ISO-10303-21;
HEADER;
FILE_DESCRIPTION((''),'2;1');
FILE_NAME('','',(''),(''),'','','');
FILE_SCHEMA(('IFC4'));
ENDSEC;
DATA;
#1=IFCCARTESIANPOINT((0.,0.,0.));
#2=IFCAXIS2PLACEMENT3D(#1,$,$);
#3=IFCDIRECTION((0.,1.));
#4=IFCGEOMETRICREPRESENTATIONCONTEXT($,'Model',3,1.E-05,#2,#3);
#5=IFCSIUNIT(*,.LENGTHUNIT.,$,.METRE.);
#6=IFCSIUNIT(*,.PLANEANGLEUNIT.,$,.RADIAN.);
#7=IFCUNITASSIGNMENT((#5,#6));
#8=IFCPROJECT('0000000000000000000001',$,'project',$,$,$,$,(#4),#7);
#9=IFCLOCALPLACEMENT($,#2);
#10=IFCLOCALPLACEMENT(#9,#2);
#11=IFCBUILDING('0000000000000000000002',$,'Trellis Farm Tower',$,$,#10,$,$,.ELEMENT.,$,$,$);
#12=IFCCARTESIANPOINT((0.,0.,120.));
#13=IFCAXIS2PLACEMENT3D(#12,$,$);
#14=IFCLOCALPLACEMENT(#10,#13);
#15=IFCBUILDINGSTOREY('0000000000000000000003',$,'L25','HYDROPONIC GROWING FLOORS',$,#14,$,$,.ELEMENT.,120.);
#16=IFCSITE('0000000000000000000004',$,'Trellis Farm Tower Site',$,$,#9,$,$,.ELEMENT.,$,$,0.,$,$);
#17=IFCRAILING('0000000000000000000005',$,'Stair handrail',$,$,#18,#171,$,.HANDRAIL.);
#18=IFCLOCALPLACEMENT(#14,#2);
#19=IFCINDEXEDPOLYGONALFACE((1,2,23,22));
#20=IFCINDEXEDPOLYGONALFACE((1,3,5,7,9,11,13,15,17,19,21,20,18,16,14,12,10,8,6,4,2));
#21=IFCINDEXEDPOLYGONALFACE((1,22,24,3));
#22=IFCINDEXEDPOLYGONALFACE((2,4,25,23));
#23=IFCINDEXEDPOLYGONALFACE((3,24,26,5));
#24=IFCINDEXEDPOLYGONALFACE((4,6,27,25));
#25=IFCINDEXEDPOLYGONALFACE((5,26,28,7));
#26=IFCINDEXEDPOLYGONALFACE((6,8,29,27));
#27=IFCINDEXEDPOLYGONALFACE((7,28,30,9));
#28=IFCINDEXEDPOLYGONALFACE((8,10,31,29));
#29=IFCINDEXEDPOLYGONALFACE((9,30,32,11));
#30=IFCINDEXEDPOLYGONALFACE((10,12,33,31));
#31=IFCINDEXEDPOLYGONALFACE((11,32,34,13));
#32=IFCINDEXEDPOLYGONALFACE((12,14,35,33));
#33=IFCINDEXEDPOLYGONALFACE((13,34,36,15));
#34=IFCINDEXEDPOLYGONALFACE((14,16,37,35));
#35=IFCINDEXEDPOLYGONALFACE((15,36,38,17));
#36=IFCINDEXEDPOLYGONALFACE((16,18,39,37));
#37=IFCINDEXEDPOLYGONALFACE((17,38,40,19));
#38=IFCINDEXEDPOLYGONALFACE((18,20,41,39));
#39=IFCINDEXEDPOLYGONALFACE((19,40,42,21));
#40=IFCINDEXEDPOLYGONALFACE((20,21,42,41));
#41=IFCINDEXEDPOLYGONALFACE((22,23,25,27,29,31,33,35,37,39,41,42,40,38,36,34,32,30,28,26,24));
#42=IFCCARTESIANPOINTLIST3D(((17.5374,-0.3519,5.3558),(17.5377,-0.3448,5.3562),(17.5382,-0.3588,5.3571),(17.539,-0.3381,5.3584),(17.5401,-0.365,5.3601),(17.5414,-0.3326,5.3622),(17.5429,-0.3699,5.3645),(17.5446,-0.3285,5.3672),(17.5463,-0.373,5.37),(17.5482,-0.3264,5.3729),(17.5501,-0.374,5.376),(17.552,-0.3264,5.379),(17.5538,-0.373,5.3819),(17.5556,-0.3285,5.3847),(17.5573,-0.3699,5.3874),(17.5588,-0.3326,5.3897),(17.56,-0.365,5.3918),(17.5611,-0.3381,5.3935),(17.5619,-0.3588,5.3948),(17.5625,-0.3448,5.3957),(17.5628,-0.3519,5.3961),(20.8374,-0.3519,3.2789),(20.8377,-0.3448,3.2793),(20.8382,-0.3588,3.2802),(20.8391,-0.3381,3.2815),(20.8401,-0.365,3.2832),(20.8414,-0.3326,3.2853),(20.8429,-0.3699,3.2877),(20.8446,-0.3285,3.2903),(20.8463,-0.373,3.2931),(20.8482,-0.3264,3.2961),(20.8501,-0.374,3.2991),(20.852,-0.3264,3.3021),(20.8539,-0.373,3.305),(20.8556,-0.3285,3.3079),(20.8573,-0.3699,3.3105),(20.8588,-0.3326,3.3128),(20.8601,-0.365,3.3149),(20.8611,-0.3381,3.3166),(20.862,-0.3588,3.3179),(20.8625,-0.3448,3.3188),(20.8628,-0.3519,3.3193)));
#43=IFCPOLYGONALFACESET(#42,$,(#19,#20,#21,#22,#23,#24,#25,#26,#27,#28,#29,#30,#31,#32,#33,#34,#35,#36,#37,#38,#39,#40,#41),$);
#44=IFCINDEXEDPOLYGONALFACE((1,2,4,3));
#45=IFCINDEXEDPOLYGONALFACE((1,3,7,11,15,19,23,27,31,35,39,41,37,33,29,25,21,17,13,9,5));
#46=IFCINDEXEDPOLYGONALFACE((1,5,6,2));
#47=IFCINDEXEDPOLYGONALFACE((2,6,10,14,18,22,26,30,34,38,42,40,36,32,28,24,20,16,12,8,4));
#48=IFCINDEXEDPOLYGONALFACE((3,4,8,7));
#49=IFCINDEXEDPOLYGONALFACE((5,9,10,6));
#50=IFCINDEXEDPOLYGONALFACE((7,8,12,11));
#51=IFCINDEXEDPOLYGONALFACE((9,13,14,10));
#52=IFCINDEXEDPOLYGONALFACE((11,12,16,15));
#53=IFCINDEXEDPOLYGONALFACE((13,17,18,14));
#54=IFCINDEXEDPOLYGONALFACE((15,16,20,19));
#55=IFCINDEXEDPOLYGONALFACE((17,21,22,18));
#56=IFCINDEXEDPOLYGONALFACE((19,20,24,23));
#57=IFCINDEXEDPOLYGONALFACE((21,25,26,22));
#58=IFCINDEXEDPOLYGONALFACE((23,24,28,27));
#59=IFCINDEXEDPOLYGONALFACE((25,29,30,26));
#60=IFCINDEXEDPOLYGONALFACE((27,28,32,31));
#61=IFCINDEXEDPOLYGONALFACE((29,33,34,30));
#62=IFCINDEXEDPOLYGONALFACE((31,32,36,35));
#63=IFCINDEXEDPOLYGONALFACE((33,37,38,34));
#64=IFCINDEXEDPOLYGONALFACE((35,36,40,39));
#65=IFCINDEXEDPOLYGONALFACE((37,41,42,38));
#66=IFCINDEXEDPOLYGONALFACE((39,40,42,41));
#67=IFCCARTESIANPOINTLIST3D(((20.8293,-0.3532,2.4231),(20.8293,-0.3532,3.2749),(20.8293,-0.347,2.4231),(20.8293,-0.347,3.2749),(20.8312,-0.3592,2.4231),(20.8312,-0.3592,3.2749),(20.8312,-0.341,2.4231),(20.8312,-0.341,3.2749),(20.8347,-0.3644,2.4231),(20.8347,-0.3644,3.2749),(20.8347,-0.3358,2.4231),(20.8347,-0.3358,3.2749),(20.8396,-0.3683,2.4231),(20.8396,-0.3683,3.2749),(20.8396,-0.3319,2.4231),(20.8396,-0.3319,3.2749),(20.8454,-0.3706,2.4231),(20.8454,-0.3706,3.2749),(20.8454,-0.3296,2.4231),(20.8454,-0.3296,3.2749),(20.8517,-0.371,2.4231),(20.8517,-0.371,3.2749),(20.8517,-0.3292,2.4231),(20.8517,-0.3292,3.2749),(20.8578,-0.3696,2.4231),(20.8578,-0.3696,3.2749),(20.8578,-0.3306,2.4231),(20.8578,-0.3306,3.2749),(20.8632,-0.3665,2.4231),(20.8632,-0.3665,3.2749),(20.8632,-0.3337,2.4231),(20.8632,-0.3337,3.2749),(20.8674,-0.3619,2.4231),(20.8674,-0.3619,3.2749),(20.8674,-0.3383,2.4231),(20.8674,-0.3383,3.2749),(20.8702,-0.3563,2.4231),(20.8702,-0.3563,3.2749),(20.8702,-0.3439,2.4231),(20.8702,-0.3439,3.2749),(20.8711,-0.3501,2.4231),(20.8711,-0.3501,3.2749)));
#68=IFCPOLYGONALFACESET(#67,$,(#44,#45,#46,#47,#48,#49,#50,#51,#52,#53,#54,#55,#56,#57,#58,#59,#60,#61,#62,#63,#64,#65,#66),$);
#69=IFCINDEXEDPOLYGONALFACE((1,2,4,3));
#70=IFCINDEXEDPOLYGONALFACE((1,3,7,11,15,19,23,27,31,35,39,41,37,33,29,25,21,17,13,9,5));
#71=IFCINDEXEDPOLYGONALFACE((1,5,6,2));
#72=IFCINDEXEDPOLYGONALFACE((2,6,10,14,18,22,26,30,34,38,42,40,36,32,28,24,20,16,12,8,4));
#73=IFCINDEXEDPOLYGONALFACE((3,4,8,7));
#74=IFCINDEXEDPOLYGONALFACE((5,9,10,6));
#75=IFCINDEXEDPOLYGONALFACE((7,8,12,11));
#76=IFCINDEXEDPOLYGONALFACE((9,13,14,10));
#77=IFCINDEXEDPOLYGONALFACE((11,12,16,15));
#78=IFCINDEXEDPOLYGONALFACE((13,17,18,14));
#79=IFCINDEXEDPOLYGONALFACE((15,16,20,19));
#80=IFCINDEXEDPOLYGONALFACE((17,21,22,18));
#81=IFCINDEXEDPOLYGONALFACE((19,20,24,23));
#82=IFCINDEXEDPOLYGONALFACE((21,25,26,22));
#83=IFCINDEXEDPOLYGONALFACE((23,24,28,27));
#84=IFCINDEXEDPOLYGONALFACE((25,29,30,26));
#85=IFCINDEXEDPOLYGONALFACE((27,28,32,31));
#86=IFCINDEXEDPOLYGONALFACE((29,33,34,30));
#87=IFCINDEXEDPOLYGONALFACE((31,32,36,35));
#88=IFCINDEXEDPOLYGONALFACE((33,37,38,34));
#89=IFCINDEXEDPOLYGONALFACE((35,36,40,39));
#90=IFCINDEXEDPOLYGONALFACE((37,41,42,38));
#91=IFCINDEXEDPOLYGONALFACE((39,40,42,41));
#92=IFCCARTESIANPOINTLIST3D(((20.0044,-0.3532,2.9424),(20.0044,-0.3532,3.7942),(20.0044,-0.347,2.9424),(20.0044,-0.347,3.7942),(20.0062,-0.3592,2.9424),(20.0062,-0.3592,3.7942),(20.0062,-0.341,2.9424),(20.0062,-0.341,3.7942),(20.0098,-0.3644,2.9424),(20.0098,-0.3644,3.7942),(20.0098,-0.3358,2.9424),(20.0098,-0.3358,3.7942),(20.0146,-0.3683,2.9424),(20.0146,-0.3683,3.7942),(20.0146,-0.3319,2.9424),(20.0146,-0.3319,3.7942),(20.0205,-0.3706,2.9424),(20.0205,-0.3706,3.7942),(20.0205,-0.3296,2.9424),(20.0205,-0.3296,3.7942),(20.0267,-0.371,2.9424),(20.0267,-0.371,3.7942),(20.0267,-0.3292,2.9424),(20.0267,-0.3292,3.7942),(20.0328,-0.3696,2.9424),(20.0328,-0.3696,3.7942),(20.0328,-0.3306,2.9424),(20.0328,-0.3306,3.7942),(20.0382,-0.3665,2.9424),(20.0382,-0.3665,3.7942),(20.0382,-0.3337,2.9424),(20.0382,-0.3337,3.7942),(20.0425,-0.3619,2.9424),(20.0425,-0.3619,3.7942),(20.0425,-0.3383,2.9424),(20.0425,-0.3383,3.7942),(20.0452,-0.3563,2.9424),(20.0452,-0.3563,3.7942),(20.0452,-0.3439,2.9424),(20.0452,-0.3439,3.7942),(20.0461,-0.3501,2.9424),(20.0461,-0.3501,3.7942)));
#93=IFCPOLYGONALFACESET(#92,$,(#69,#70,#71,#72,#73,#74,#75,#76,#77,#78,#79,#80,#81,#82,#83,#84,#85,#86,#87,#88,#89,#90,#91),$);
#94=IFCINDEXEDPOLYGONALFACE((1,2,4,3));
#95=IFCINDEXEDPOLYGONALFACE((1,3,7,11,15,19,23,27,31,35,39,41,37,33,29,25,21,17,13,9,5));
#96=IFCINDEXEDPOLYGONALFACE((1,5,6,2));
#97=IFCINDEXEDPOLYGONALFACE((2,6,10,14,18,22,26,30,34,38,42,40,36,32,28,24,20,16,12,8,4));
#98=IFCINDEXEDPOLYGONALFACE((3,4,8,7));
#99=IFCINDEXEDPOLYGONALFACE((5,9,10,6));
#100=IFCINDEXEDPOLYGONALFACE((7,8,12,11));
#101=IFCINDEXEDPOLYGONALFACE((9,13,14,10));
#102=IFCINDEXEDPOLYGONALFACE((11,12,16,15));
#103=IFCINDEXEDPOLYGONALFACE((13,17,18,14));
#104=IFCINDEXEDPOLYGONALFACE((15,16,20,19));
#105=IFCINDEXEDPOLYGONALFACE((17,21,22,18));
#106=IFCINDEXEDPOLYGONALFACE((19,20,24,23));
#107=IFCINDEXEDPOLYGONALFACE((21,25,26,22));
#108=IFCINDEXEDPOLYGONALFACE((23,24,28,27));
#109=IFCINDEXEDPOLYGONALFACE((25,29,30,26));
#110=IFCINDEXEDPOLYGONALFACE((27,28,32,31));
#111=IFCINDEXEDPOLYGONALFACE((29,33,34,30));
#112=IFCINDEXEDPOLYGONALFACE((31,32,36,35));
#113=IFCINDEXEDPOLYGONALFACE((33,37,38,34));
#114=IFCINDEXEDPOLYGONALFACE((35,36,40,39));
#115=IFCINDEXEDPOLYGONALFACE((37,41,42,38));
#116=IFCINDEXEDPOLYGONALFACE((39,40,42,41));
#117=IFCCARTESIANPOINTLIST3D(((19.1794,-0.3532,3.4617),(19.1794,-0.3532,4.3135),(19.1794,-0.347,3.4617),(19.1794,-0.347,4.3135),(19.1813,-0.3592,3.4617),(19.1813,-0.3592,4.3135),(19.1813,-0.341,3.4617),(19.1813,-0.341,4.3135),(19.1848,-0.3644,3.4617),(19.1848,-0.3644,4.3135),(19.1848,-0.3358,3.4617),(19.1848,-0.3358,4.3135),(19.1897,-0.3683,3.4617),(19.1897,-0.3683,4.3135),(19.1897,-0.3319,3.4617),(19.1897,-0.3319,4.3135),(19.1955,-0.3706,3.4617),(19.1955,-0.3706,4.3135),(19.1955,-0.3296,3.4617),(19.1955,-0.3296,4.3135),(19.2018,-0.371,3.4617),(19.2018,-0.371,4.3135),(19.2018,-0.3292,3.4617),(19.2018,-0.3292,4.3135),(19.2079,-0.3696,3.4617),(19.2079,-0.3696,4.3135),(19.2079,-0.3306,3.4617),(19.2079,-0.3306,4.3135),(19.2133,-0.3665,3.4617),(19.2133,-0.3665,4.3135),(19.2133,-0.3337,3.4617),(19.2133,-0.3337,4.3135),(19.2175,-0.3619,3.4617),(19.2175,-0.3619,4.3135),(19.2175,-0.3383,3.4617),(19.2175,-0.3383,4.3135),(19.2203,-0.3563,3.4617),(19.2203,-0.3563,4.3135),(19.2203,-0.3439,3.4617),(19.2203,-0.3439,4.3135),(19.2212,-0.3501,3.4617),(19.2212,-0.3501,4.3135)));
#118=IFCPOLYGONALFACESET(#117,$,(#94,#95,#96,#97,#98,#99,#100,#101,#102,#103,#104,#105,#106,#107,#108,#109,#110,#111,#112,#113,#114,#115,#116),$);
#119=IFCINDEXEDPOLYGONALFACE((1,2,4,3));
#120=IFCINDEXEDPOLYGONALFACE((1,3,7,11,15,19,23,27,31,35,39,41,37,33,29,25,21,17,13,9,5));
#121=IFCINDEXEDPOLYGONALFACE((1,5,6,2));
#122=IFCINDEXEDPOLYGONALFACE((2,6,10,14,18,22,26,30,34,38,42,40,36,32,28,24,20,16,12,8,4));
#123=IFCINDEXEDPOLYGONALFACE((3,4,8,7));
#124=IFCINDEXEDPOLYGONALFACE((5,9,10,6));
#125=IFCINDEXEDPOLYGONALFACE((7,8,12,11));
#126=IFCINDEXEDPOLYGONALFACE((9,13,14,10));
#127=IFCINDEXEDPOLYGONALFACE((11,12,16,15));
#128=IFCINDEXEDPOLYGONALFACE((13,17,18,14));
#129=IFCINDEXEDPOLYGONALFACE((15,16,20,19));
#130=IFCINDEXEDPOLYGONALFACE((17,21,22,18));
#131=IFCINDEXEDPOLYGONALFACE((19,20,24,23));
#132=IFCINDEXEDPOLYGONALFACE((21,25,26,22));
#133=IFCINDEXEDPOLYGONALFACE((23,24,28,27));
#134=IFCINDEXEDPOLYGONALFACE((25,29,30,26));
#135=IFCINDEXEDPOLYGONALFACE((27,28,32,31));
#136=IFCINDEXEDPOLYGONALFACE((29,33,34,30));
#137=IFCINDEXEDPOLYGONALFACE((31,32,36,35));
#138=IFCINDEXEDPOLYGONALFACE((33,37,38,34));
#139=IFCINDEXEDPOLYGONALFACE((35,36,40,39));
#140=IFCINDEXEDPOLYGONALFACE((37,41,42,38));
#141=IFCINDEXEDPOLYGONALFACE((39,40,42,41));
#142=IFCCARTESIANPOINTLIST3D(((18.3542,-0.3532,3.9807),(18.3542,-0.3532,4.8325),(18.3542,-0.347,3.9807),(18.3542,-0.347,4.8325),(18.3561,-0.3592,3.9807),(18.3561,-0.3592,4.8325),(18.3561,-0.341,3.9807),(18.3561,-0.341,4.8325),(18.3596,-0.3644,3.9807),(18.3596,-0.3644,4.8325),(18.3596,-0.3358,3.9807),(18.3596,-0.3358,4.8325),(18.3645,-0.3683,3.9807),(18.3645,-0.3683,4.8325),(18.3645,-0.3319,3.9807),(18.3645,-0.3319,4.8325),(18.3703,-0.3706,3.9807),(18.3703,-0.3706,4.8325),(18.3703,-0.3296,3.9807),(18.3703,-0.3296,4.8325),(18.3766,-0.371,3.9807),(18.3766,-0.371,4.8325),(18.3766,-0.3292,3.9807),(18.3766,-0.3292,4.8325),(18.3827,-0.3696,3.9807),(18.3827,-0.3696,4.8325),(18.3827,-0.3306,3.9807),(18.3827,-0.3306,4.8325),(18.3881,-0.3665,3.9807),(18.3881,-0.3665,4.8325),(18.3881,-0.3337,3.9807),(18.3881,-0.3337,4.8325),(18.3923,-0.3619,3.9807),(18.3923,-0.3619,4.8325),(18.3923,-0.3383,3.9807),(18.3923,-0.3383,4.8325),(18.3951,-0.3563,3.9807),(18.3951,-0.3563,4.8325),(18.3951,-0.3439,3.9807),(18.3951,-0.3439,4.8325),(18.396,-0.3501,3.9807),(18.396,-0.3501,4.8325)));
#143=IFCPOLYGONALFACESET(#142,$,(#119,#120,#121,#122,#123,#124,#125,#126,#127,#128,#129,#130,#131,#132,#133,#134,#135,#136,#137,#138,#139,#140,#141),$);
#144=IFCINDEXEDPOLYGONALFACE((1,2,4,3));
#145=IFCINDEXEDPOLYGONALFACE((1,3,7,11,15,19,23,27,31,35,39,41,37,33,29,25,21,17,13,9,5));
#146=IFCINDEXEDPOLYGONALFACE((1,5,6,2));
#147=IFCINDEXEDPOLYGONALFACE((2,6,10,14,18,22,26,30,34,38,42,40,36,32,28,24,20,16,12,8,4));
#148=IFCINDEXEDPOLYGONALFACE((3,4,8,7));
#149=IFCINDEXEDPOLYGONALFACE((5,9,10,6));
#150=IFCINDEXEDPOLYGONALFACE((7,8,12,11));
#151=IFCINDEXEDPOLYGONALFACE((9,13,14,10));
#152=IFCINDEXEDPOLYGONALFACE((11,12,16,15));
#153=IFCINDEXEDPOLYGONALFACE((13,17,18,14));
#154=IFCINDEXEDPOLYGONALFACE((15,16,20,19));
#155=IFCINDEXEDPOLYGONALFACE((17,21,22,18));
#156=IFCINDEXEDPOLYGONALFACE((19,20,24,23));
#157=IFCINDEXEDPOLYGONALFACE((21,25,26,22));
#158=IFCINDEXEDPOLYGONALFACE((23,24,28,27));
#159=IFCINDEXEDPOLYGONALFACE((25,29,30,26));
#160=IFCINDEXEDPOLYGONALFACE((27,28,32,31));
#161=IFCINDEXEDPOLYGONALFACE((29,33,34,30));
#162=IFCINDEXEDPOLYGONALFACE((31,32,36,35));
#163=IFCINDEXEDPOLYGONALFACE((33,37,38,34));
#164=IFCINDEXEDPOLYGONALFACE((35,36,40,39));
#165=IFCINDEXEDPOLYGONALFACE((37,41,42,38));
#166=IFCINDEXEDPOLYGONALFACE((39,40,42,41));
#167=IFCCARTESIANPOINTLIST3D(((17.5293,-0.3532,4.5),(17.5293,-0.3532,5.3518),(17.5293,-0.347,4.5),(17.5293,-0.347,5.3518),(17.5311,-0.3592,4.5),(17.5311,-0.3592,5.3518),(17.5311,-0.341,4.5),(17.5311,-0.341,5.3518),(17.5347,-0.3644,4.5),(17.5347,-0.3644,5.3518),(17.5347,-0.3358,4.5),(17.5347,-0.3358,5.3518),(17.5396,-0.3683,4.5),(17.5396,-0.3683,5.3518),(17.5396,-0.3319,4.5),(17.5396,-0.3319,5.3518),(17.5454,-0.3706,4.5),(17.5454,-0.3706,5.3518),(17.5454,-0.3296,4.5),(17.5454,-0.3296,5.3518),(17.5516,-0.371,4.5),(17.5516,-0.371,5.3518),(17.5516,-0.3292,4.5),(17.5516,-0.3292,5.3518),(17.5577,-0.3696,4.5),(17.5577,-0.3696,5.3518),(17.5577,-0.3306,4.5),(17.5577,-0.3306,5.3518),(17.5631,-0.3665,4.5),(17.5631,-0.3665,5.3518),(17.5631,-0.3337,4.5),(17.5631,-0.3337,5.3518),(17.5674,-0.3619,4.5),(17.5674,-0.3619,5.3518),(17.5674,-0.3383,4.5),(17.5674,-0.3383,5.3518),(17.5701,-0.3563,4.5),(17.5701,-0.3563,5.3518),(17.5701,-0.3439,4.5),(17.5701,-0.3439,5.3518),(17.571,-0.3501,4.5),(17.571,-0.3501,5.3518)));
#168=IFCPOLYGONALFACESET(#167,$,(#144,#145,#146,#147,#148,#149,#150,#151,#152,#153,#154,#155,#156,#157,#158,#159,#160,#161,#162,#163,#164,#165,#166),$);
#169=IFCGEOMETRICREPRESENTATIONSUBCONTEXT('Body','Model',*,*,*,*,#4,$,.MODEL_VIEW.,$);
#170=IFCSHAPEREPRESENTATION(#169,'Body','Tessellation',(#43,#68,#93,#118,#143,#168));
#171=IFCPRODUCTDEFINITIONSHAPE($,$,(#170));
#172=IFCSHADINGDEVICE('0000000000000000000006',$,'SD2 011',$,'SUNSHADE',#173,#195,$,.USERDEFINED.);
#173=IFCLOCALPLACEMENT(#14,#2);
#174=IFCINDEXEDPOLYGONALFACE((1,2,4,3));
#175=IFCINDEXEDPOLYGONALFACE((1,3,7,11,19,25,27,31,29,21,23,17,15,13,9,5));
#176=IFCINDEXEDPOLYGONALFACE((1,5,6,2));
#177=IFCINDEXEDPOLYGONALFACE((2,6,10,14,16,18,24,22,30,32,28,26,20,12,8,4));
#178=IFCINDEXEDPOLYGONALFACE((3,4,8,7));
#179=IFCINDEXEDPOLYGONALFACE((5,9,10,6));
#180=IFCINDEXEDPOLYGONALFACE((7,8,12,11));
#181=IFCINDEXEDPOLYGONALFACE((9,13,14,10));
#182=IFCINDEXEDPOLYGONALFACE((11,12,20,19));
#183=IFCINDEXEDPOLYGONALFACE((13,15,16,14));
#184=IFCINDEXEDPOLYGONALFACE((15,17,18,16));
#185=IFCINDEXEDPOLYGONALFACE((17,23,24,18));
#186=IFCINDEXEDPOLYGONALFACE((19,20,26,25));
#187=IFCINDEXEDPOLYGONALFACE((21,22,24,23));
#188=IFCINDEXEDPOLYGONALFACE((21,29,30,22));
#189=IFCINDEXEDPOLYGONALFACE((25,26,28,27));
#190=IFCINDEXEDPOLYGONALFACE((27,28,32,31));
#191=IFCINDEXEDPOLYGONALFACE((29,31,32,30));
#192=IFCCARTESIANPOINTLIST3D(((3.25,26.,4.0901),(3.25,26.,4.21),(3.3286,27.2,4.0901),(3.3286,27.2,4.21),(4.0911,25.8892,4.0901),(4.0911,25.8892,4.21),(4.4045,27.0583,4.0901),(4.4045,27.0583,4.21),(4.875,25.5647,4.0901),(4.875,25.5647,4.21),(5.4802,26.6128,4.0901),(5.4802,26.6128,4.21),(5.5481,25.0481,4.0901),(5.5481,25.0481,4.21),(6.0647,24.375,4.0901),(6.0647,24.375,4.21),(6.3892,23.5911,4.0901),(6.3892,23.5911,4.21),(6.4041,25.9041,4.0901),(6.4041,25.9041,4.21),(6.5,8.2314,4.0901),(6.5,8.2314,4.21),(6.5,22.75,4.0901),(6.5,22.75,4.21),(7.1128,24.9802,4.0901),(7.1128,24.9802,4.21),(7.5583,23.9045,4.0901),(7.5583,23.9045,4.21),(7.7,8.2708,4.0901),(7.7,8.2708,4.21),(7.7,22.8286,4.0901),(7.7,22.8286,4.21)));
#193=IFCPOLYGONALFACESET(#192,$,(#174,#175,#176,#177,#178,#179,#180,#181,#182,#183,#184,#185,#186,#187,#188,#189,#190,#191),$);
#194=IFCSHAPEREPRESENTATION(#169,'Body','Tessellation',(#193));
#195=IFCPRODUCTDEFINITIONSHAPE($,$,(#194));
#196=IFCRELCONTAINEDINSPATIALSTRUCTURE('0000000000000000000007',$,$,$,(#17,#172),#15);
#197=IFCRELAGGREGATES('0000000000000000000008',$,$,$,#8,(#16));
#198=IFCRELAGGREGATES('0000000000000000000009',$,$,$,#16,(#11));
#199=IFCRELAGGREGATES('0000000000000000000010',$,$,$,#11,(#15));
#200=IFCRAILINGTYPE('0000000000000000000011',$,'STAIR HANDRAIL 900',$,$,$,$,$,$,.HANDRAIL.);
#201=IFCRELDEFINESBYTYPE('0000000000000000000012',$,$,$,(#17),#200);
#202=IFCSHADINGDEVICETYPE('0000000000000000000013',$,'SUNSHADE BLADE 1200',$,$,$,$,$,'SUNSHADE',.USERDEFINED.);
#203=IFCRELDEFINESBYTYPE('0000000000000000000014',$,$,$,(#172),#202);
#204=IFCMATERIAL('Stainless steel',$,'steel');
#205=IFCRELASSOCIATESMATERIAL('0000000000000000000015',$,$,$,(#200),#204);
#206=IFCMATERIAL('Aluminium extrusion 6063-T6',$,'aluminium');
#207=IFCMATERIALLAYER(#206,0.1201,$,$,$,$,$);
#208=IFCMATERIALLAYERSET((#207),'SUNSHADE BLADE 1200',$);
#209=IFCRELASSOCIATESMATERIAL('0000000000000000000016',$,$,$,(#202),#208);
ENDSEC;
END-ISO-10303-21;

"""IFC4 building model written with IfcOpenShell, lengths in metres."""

from ifc_helpers import new_model, si_unit, direction, frame, origin, origin_2d, place, context, subcontext, project, spatial, polyline, circle, outline, extrude, source, transform, mapped, material, layer, layer_set, type_object, element, save


model = new_model("IFC4")

# Units and contexts
model_context = context("Model", 3, precision=1e-05, world=origin(), true_north=direction((0.0, 1.0)))
body_context = subcontext(model_context, "Body", "Model", "MODEL_VIEW")
ifc_project = project(units=[si_unit("LENGTHUNIT", "METRE"), si_unit("PLANEANGLEUNIT", "RADIAN")], contexts=[model_context])

# Site, building, storey
site_placement = place(None, origin())
site = spatial("IfcSite", under=ifc_project, at=site_placement, Name="Trellis Farm Tower Site", CompositionType="ELEMENT", RefElevation=0.0)
building_placement = place(site_placement, origin())
building = spatial("IfcBuilding", under=site, at=building_placement, Name="Trellis Farm Tower", CompositionType="ELEMENT")
storey_placement = place(building_placement, frame((0.0, 0.0, 120.0)))
storey = spatial("IfcBuildingStorey", under=building, at=storey_placement, Name="L25", Description="HYDROPONIC GROWING FLOORS", CompositionType="ELEMENT", Elevation=120.0)

# Shared definitions
ifc_material_1 = material(Name="Aluminium extrusion 6063-T6", Category="aluminium")

# Shared definitions
ifc_material_2 = material(Name="Stainless steel", Category="steel")

# Railing
railing_type = type_object("IfcRailingType", Name="STAIR HANDRAIL 900", PredefinedType="HANDRAIL", material=ifc_material_2)
shared_shape_1 = source(origin(), body_context, "Body", "SweptSolid", [
    extrude(circle(Radius=0.0239, at=origin_2d()), frame((0.0, 0.0, 0.876), z_axis=(-0.846337, 0.0, 0.532647), x_axis=(0.0, -1.0, 0.0)), (0.0, 0.0, 1.0), 3.8992),
    extrude(circle(Radius=0.021, at=origin_2d()), origin(), (0.0, 0.0, 1.0), 0.8518),
    extrude(circle(Radius=0.021, at=origin_2d()), frame((-0.825, 0.0, 0.5193)), (0.0, 0.0, 1.0), 0.8518),
    extrude(circle(Radius=0.021, at=origin_2d()), frame((-1.6499, 0.0, 1.0386)), (0.0, 0.0, 1.0), 0.8518),
    extrude(circle(Radius=0.021, at=origin_2d()), frame((-2.4751, 0.0, 1.5576)), (0.0, 0.0, 1.0), 0.8518),
    extrude(circle(Radius=0.021, at=origin_2d()), frame((-3.3, 0.0, 2.0769)), (0.0, 0.0, 1.0), 0.8518),
])
for number, where, name in (
    (1, (20.8501, -0.3501, 2.4231), "Stair handrail"),
):
    element("IfcRailing", number, at=place(storey_placement, frame(where)), inside=storey, type_object=railing_type, Name=name, PredefinedType="HANDRAIL", context=body_context, shape_type="MappedRepresentation", body=[
        mapped(shared_shape_1, transform((0.0, 0.0, 0.0))),
    ])

# Shading device
ifc_layer_1 = layer(ifc_material_1, 0.1201)
ifc_layer_set_1 = layer_set([ifc_layer_1], Name="SUNSHADE BLADE 1200")
shading_device_type = type_object("IfcShadingDeviceType", Name="SUNSHADE BLADE 1200", ElementType="SUNSHADE", PredefinedType="USERDEFINED", material=ifc_layer_set_1)
shared_shape_2 = source(origin(), body_context, "Body", "SweptSolid", [
    extrude(outline(polyline([(7.7, 8.2708), (7.7, 22.8286), (7.5583, 23.9045), (7.1128, 24.9802), (6.4041, 25.9041), (5.4802, 26.6128), (4.4045, 27.0583), (3.3286, 27.2), (3.25, 26.0), (4.0911, 25.8892), (4.875, 25.5647), (5.5481, 25.0481), (6.0647, 24.375), (6.3892, 23.5911), (6.5, 22.75), (6.5, 8.2314), (7.7, 8.2708)])), origin(), (0.0, 0.0, 1.0), 0.1199),
])
shading_device_placement = place(storey_placement, frame((0.0, 0.0, 4.0901)))
element("IfcShadingDevice", 2, at=shading_device_placement, inside=storey, type_object=shading_device_type, Name="SD2 011", ObjectType="SUNSHADE", PredefinedType="USERDEFINED", context=body_context, shape_type="MappedRepresentation", body=[
    mapped(shared_shape_2, transform((0.0, 0.0, 0.0))),
])

save(model, "model.ifc")
